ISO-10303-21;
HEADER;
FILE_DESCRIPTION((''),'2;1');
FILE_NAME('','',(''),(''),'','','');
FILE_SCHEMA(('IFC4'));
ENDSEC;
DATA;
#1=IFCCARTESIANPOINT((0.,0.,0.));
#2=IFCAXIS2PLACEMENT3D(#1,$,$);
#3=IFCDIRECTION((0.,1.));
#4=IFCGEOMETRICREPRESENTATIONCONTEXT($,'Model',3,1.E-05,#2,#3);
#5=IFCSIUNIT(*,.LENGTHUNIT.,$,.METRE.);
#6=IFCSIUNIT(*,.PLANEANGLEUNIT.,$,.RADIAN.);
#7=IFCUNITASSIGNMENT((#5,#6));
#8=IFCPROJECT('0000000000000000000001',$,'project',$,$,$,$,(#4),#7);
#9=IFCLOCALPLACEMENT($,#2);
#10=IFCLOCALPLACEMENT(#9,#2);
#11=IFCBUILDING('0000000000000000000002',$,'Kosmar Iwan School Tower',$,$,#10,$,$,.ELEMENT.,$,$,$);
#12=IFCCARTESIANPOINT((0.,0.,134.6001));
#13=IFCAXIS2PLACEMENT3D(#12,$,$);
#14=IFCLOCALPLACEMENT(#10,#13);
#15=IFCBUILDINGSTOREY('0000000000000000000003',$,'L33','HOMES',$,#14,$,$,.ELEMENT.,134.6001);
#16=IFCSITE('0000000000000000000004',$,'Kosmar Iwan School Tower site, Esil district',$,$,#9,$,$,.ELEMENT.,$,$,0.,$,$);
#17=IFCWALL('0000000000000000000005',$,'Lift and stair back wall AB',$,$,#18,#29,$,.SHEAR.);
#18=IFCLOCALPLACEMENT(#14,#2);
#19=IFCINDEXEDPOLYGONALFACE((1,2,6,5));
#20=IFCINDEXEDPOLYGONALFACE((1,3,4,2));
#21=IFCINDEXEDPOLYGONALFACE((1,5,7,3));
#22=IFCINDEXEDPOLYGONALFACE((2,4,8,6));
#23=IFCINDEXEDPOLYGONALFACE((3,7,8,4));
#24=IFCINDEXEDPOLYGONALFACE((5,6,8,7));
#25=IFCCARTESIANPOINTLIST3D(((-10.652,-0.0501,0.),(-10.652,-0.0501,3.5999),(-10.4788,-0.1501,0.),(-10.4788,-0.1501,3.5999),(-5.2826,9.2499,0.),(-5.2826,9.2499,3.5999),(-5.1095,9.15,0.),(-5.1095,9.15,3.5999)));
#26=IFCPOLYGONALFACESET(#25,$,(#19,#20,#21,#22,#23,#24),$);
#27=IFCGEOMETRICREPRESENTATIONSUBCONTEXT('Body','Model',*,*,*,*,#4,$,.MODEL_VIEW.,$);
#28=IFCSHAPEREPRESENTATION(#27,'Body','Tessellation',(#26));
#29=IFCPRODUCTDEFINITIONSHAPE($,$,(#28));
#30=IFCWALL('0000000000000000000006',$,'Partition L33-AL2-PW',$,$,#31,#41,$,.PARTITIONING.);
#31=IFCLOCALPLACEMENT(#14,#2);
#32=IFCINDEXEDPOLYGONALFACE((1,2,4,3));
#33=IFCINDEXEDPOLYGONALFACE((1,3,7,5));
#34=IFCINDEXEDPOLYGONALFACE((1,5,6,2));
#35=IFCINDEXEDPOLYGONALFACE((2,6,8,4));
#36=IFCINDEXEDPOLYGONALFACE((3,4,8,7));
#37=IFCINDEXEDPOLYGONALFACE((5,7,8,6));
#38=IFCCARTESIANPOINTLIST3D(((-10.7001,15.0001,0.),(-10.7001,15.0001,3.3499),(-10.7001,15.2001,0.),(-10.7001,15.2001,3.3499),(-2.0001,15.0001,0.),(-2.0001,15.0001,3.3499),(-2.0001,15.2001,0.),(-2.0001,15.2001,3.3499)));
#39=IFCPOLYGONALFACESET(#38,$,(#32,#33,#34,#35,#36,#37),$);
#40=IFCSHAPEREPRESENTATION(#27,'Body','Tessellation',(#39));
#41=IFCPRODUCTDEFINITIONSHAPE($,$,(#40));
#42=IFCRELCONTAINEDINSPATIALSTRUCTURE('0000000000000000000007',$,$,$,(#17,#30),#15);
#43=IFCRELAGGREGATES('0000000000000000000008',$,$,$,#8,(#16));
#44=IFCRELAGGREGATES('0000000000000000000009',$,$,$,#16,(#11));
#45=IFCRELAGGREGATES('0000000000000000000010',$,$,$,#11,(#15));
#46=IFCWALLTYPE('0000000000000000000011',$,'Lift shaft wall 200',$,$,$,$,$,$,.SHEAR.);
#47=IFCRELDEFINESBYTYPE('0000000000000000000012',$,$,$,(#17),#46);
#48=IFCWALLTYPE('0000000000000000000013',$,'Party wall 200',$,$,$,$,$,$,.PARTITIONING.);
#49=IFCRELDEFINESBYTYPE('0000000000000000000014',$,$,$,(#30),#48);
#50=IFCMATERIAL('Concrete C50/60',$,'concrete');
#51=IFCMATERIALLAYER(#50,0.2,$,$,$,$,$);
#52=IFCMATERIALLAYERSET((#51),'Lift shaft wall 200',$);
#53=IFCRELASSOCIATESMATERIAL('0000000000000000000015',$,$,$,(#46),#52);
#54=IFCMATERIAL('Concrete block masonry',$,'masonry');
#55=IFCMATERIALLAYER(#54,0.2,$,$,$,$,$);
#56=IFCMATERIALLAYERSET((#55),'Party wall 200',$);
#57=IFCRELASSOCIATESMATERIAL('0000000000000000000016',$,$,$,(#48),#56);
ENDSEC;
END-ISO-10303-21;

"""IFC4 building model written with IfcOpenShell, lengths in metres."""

from ifc_helpers import new_model, si_unit, direction, frame, frame_2d, origin, place, context, subcontext, project, spatial, rectangle, extrude, material, layer, layer_set, type_object, element, save


model = new_model("IFC4")

# Units and contexts
model_context = context("Model", 3, precision=1e-05, world=origin(), true_north=direction((0.0, 1.0)))
body_context = subcontext(model_context, "Body", "Model", "MODEL_VIEW")
ifc_project = project(units=[si_unit("LENGTHUNIT", "METRE"), si_unit("PLANEANGLEUNIT", "RADIAN")], contexts=[model_context])

# Site, building, storey
site_placement = place(None, origin())
site = spatial("IfcSite", under=ifc_project, at=site_placement, Name="Kosmar Iwan School Tower site, Esil district", CompositionType="ELEMENT", RefElevation=0.0)
building_placement = place(site_placement, origin())
building = spatial("IfcBuilding", under=site, at=building_placement, Name="Kosmar Iwan School Tower", CompositionType="ELEMENT")
storey_placement = place(building_placement, frame((0.0, 0.0, 134.6001)))
storey = spatial("IfcBuildingStorey", under=building, at=storey_placement, Name="L33", Description="HOMES", CompositionType="ELEMENT", Elevation=134.6001)

# Walls
ifc_material_1 = material(Name="Concrete C50/60", Category="concrete")
ifc_layer_1 = layer(ifc_material_1, 0.2)
ifc_layer_set_1 = layer_set([ifc_layer_1], Name="Lift shaft wall 200")
wall_type_1 = type_object("IfcWallType", Name="Lift shaft wall 200", PredefinedType="SHEAR", material=ifc_layer_set_1)
wall_1_placement = place(storey_placement, frame((-5.196, 9.2, 0.0), z_axis=(0.0, 0.0, 1.0), x_axis=(-0.5, -0.866025, 0.0)))
element("IfcWall", 1, at=wall_1_placement, inside=storey, type_object=wall_type_1, Name="Lift and stair back wall AB", PredefinedType="SHEAR", context=body_context, shape_type="SweptSolid", body=[
    extrude(rectangle(XDim=10.7388, YDim=0.2, at=frame_2d((5.3694, 0.0))), origin(), (0.0, 0.0, 1.0), 3.5999),
])
ifc_material_2 = material(Name="Concrete block masonry", Category="masonry")
ifc_layer_2 = layer(ifc_material_2, 0.2)
ifc_layer_set_2 = layer_set([ifc_layer_2], Name="Party wall 200")
wall_type_2 = type_object("IfcWallType", Name="Party wall 200", PredefinedType="PARTITIONING", material=ifc_layer_set_2)
wall_2_placement = place(storey_placement, frame((-2.0, 15.1001, 0.0), z_axis=(0.0, 0.0, 1.0), x_axis=(-1.0, 0.0, 0.0)))
element("IfcWall", 2, at=wall_2_placement, inside=storey, type_object=wall_type_2, Name="Partition L33-AL2-PW", PredefinedType="PARTITIONING", context=body_context, shape_type="SweptSolid", body=[
    extrude(rectangle(XDim=8.7, YDim=0.2, at=frame_2d((4.3501, 0.0))), origin(), (0.0, 0.0, 1.0), 3.3499),
])

save(model, "model.ifc")
